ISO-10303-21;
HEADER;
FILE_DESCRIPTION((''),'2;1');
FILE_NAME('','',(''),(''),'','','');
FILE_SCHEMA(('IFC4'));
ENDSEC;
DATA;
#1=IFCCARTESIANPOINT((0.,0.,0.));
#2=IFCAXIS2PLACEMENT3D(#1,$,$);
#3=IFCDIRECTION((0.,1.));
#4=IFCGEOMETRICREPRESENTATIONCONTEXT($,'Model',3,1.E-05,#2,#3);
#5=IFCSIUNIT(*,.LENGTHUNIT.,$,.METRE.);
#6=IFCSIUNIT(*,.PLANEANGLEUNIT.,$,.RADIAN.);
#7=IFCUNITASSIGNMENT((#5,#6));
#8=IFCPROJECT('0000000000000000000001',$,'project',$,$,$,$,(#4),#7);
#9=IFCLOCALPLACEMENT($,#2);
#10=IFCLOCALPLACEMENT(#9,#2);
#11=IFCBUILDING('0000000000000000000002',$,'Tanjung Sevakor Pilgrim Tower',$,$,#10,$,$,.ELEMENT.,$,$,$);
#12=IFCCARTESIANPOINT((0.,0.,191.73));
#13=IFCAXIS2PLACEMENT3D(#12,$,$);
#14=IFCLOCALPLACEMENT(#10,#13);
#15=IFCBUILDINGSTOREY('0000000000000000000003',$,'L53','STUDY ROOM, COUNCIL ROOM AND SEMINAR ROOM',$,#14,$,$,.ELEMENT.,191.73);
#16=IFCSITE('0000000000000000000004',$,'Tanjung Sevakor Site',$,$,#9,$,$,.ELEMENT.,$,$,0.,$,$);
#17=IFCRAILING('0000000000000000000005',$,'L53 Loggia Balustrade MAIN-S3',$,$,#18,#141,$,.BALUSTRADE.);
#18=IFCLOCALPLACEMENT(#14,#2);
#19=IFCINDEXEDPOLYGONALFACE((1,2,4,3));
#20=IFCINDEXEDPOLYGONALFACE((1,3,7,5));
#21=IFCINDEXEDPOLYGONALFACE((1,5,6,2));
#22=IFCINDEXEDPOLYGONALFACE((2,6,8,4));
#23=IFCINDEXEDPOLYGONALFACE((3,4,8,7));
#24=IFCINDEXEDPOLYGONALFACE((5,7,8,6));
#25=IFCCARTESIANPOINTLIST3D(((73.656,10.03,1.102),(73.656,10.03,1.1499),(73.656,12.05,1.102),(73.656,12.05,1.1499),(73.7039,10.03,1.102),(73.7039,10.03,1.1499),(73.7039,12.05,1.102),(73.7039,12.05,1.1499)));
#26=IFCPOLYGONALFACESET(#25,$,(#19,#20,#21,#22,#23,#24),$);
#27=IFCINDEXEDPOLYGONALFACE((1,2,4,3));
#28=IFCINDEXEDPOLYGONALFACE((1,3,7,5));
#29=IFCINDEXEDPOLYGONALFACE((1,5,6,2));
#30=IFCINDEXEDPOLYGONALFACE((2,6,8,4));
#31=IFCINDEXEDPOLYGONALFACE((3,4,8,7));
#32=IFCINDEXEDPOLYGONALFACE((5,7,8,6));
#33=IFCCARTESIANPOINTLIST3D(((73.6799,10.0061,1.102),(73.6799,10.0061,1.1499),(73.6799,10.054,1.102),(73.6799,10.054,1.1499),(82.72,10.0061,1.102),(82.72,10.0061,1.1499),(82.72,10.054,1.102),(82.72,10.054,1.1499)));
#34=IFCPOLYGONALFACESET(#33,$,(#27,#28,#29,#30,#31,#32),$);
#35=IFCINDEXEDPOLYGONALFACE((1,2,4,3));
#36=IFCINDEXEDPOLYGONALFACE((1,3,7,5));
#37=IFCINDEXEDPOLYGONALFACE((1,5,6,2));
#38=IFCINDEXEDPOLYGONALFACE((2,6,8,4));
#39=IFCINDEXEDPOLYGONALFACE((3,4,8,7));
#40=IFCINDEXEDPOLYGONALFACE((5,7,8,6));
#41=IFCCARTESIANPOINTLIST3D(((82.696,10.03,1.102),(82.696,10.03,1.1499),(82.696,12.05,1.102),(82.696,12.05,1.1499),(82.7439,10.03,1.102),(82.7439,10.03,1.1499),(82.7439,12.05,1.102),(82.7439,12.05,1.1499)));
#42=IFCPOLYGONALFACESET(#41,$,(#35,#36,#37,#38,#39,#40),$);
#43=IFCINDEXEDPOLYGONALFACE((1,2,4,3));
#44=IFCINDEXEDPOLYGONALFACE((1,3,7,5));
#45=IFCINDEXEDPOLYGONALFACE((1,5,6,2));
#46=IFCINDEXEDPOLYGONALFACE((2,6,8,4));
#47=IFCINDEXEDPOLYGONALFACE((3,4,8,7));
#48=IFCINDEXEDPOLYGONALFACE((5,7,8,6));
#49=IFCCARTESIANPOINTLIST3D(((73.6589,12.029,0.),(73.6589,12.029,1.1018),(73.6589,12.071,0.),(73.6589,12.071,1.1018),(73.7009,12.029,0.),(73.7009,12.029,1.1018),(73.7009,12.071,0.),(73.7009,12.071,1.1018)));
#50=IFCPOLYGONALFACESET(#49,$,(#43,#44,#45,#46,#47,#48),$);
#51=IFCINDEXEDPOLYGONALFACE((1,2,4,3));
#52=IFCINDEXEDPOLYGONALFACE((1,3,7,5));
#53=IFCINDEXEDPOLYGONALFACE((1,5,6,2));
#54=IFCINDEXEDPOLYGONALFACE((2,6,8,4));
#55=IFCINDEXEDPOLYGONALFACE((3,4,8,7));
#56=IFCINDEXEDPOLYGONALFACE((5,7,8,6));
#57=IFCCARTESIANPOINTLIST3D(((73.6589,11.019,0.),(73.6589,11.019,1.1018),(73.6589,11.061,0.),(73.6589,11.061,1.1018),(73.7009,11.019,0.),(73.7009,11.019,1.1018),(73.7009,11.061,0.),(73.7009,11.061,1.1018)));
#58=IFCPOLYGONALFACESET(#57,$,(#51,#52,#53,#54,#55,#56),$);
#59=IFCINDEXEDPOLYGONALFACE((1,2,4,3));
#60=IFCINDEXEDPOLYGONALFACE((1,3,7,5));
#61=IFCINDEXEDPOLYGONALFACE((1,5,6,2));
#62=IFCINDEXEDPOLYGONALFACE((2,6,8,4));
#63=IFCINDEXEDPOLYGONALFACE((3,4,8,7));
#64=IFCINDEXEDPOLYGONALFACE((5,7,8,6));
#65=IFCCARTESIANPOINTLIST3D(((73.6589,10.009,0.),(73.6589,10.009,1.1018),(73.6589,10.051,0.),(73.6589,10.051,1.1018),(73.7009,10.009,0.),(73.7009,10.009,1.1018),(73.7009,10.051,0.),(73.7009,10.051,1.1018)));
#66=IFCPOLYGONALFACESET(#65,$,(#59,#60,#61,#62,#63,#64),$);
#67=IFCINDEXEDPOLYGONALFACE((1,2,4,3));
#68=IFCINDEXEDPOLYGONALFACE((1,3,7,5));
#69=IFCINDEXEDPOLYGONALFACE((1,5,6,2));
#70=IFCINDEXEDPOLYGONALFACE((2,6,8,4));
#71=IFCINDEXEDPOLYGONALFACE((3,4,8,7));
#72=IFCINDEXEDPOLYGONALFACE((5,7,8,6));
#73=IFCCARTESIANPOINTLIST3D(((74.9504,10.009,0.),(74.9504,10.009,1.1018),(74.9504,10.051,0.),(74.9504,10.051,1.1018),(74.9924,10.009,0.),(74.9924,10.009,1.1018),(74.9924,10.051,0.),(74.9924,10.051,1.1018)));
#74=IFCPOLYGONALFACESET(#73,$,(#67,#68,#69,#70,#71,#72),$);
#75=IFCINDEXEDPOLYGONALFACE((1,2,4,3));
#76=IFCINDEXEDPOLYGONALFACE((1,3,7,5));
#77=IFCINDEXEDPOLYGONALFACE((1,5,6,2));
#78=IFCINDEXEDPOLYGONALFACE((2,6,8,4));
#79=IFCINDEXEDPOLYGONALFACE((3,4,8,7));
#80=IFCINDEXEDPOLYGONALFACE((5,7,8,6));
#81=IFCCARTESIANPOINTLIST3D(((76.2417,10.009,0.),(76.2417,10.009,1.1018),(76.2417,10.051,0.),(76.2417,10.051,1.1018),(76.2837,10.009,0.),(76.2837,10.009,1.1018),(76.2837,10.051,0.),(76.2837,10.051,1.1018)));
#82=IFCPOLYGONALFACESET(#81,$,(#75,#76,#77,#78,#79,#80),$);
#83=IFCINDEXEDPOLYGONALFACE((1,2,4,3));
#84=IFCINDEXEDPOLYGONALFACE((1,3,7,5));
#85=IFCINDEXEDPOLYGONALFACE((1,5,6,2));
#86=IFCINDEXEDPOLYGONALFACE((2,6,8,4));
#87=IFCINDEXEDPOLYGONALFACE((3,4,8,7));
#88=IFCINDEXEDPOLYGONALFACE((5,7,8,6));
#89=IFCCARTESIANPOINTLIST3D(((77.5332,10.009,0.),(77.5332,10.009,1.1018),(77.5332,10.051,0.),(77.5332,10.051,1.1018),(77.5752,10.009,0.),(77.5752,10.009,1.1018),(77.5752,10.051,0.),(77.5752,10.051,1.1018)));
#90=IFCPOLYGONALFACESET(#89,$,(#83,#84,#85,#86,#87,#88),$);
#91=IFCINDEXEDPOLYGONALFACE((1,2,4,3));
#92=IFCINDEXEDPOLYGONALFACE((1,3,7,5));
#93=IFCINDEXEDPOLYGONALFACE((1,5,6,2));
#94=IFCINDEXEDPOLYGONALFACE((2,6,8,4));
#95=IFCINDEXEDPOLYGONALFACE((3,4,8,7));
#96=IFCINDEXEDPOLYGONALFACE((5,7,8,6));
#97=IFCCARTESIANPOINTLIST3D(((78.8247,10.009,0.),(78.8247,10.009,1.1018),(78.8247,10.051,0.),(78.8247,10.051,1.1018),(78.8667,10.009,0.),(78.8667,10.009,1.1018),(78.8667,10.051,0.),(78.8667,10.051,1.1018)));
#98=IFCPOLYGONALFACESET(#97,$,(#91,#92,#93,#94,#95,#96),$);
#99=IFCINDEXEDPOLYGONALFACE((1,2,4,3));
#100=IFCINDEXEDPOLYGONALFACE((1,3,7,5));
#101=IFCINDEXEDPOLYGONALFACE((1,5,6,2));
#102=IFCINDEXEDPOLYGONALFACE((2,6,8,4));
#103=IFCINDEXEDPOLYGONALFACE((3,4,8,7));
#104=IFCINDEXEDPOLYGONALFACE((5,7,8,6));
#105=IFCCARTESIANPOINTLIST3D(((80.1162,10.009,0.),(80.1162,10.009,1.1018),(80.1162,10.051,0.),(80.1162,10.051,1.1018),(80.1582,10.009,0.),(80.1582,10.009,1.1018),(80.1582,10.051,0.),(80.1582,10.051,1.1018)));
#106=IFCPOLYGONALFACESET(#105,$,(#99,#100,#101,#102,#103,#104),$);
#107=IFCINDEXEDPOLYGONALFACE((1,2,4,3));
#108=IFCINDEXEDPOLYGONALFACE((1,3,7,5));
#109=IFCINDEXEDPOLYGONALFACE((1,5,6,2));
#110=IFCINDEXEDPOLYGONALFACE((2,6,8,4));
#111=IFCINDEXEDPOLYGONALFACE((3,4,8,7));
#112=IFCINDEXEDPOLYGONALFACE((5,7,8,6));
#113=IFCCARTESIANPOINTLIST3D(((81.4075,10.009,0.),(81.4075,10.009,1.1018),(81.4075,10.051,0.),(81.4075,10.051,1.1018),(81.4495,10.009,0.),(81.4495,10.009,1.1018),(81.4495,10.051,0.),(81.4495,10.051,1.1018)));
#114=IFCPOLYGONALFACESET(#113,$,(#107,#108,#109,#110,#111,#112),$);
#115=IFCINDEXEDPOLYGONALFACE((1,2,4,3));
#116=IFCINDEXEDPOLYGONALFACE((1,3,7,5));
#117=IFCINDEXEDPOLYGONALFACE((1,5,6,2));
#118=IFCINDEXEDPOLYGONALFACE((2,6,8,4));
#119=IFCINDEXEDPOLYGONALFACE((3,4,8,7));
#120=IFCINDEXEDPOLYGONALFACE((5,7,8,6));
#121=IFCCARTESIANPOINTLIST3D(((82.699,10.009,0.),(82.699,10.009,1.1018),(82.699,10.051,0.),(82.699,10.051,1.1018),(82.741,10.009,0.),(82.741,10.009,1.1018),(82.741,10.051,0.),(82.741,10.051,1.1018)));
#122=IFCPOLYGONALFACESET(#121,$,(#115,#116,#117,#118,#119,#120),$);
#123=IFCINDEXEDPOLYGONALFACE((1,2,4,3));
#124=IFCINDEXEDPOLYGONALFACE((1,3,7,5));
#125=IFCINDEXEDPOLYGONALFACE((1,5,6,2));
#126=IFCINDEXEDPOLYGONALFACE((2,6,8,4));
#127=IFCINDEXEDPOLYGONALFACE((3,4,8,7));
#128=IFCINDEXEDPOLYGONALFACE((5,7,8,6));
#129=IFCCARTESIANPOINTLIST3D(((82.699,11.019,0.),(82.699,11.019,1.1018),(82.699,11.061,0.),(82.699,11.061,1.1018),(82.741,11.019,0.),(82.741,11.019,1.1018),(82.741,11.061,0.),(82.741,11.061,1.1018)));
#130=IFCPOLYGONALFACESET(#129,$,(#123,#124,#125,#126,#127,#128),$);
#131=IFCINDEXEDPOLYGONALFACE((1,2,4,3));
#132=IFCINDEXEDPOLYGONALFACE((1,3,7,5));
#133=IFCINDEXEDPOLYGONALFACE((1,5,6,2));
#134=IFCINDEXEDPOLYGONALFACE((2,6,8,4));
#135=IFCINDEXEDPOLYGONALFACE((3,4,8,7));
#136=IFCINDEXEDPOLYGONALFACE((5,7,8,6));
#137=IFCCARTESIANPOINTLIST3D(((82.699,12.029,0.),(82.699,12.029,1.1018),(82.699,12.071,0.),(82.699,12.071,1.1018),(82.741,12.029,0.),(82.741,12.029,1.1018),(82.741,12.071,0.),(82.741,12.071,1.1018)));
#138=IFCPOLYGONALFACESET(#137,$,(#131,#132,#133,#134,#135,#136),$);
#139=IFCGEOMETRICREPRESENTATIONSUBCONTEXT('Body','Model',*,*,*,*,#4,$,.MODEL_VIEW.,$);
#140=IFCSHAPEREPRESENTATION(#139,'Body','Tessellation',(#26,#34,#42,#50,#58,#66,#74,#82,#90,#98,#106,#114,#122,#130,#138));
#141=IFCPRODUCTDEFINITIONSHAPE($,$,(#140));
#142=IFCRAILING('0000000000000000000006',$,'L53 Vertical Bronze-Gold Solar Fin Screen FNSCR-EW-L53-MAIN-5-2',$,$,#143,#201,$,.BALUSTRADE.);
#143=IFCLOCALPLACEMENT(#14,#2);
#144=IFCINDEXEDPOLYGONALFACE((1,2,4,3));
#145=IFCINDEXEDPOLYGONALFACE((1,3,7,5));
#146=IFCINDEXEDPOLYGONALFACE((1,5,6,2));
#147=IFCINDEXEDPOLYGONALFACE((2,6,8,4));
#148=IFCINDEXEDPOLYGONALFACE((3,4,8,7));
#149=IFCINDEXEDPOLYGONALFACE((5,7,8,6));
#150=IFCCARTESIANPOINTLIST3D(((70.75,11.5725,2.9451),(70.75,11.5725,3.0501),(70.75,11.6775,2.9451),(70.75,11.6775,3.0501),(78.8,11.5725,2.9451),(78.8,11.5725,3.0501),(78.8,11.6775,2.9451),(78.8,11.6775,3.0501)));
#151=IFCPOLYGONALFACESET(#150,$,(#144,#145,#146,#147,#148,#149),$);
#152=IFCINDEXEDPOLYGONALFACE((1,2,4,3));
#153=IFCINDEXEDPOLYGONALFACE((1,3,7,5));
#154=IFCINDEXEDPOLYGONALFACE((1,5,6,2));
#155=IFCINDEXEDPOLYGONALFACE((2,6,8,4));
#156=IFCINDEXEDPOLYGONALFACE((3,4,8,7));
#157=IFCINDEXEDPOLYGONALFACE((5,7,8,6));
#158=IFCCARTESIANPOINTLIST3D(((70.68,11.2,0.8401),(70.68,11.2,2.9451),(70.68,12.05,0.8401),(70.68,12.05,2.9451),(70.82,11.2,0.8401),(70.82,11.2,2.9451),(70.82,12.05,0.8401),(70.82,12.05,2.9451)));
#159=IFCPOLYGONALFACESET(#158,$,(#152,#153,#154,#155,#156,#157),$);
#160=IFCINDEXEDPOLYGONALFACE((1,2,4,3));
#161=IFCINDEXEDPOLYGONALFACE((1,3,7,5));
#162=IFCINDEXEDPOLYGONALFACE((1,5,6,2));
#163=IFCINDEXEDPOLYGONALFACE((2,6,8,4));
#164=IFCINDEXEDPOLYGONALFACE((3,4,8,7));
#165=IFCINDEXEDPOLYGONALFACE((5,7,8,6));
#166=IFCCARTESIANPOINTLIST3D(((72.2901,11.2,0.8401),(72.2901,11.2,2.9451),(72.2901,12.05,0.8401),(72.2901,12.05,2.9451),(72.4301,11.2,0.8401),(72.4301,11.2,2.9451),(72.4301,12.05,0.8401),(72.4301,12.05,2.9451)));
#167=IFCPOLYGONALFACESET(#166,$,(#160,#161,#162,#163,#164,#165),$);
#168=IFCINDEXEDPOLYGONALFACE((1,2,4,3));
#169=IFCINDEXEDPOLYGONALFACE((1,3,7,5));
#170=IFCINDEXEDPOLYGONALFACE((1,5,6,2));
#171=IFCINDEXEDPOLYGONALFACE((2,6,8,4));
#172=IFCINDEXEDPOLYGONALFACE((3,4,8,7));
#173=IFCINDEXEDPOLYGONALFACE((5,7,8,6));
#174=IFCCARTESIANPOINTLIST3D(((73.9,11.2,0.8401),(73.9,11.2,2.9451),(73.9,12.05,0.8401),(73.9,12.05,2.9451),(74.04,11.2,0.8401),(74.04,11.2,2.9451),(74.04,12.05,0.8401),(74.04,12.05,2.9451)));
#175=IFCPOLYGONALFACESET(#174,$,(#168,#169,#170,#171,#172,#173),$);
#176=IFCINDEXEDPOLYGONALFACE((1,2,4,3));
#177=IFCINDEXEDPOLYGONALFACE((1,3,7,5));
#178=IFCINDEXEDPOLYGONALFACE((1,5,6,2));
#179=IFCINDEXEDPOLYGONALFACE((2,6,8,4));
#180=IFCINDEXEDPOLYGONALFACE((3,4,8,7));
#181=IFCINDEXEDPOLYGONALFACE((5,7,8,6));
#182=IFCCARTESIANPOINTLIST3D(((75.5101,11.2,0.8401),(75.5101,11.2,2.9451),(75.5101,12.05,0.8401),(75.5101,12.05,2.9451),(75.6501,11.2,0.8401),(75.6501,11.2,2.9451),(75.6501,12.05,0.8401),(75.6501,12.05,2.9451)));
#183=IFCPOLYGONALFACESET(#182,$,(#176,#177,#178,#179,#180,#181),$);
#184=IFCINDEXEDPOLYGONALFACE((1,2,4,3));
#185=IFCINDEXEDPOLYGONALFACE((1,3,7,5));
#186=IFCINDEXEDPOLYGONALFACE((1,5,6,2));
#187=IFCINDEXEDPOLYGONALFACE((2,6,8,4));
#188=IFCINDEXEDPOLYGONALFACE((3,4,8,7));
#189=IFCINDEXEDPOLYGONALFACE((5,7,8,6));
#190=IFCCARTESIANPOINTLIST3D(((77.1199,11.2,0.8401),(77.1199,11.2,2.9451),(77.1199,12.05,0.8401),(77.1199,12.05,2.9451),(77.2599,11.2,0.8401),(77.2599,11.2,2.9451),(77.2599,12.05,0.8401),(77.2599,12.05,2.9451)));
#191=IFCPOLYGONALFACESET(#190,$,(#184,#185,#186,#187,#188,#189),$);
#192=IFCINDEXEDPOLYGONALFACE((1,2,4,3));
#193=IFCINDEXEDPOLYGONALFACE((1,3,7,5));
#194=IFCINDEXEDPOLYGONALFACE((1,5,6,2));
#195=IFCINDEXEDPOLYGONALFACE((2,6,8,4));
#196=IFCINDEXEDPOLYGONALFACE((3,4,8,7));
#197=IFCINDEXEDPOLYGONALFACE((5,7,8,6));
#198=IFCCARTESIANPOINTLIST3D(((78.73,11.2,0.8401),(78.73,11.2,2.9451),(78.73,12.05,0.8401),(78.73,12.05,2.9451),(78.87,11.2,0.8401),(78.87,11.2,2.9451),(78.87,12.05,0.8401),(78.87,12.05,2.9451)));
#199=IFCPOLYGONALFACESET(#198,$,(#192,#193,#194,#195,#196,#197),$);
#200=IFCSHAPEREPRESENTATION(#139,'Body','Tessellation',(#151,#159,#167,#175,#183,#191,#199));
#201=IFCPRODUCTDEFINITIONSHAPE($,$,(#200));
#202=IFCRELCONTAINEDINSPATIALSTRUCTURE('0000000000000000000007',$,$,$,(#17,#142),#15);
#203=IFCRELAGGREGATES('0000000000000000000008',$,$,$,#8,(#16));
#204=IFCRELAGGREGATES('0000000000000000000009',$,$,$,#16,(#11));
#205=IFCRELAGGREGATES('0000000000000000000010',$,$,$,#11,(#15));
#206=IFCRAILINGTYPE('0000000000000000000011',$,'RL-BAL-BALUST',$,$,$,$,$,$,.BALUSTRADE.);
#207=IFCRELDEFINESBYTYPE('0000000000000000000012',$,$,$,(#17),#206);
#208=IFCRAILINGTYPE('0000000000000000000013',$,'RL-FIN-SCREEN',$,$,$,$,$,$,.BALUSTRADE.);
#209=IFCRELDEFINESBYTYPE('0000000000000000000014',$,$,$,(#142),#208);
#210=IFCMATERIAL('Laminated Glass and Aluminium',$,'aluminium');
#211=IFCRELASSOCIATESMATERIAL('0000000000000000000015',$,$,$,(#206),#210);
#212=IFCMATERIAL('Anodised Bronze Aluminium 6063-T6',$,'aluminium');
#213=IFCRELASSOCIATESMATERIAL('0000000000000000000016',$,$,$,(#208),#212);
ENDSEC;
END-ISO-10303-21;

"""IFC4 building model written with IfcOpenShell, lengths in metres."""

from ifc_helpers import new_model, si_unit, direction, frame, origin, place, context, subcontext, project, spatial, rectangle, extrude, material, type_object, element, save


model = new_model("IFC4")

# Units and contexts
model_context = context("Model", 3, precision=1e-05, world=origin(), true_north=direction((0.0, 1.0)))
body_context = subcontext(model_context, "Body", "Model", "MODEL_VIEW")
ifc_project = project(units=[si_unit("LENGTHUNIT", "METRE"), si_unit("PLANEANGLEUNIT", "RADIAN")], contexts=[model_context])

# Site, building, storey
site_placement = place(None, origin())
site = spatial("IfcSite", under=ifc_project, at=site_placement, Name="Tanjung Sevakor Site", CompositionType="ELEMENT", RefElevation=0.0)
building_placement = place(site_placement, origin())
building = spatial("IfcBuilding", under=site, at=building_placement, Name="Tanjung Sevakor Pilgrim Tower", CompositionType="ELEMENT")
storey_placement = place(building_placement, frame((0.0, 0.0, 191.73)))
storey = spatial("IfcBuildingStorey", under=building, at=storey_placement, Name="L53", Description="STUDY ROOM, COUNCIL ROOM AND SEMINAR ROOM", CompositionType="ELEMENT", Elevation=191.73)

# Railings
ifc_material_1 = material(Name="Laminated Glass and Aluminium", Category="aluminium")
railing_type_1 = type_object("IfcRailingType", Name="RL-BAL-BALUST", PredefinedType="BALUSTRADE", material=ifc_material_1)
railing_1_placement = place(storey_placement, frame((73.6799, 12.05, 0.0)))
element("IfcRailing", 1, at=railing_1_placement, inside=storey, type_object=railing_type_1, Name="L53 Loggia Balustrade MAIN-S3", PredefinedType="BALUSTRADE", context=body_context, shape_type="SweptSolid", body=[
    extrude(rectangle(XDim=0.0479, YDim=0.0479), frame((0.0, 0.0, 1.126), z_axis=(0.0, -1.0, 0.0), x_axis=(1.0, 0.0, 0.0)), (0.0, 0.0, 1.0), 2.02),
    extrude(rectangle(XDim=0.0479, YDim=0.0479), frame((0.0, -2.02, 1.126), z_axis=(1.0, 0.0, 0.0), x_axis=(0.0, 1.0, 0.0)), (0.0, 0.0, 1.0), 9.04),
    extrude(rectangle(XDim=0.0479, YDim=0.0479), frame((9.04, -2.02, 1.126), z_axis=(0.0, 1.0, 0.0), x_axis=(-1.0, 0.0, 0.0)), (0.0, 0.0, 1.0), 2.02),
    extrude(rectangle(XDim=0.042, YDim=0.042), origin(), (0.0, 0.0, 1.0), 1.1018),
    extrude(rectangle(XDim=0.042, YDim=0.042), frame((0.0, -1.01, 0.0)), (0.0, 0.0, 1.0), 1.1018),
    extrude(rectangle(XDim=0.042, YDim=0.042), frame((0.0, -2.02, 0.0)), (0.0, 0.0, 1.0), 1.1018),
    extrude(rectangle(XDim=0.042, YDim=0.042), frame((1.2915, -2.02, 0.0)), (0.0, 0.0, 1.0), 1.1018),
    extrude(rectangle(XDim=0.042, YDim=0.042), frame((2.5828, -2.02, 0.0)), (0.0, 0.0, 1.0), 1.1018),
    extrude(rectangle(XDim=0.042, YDim=0.042), frame((3.8743, -2.02, 0.0)), (0.0, 0.0, 1.0), 1.1018),
    extrude(rectangle(XDim=0.042, YDim=0.042), frame((5.1658, -2.02, 0.0)), (0.0, 0.0, 1.0), 1.1018),
    extrude(rectangle(XDim=0.042, YDim=0.042), frame((6.4573, -2.02, 0.0)), (0.0, 0.0, 1.0), 1.1018),
    extrude(rectangle(XDim=0.042, YDim=0.042), frame((7.7485, -2.02, 0.0)), (0.0, 0.0, 1.0), 1.1018),
    extrude(rectangle(XDim=0.042, YDim=0.042), frame((9.04, -2.02, 0.0)), (0.0, 0.0, 1.0), 1.1018),
    extrude(rectangle(XDim=0.042, YDim=0.042), frame((9.04, -1.01, 0.0)), (0.0, 0.0, 1.0), 1.1018),
    extrude(rectangle(XDim=0.042, YDim=0.042), frame((9.04, 0.0, 0.0)), (0.0, 0.0, 1.0), 1.1018),
])
ifc_material_2 = material(Name="Anodised Bronze Aluminium 6063-T6", Category="aluminium")
railing_type_2 = type_object("IfcRailingType", Name="RL-FIN-SCREEN", PredefinedType="BALUSTRADE", material=ifc_material_2)
railing_2_placement = place(storey_placement, frame((70.75, 11.625, 0.8401)))
element("IfcRailing", 2, at=railing_2_placement, inside=storey, type_object=railing_type_2, Name="L53 Vertical Bronze-Gold Solar Fin Screen FNSCR-EW-L53-MAIN-5-2", PredefinedType="BALUSTRADE", context=body_context, shape_type="SweptSolid", body=[
    extrude(rectangle(XDim=0.105, YDim=0.105), frame((0.0, 0.0, 2.1575), z_axis=(1.0, 0.0, 0.0), x_axis=(0.0, 1.0, 0.0)), (0.0, 0.0, 1.0), 8.05),
    extrude(rectangle(XDim=0.14, YDim=0.85), origin(), (0.0, 0.0, 1.0), 2.105),
    extrude(rectangle(XDim=0.14, YDim=0.85), frame((1.6101, 0.0, 0.0)), (0.0, 0.0, 1.0), 2.105),
    extrude(rectangle(XDim=0.14, YDim=0.85), frame((3.22, 0.0, 0.0)), (0.0, 0.0, 1.0), 2.105),
    extrude(rectangle(XDim=0.14, YDim=0.85), frame((4.8301, 0.0, 0.0)), (0.0, 0.0, 1.0), 2.105),
    extrude(rectangle(XDim=0.14, YDim=0.85), frame((6.4399, 0.0, 0.0)), (0.0, 0.0, 1.0), 2.105),
    extrude(rectangle(XDim=0.14, YDim=0.85), frame((8.05, 0.0, 0.0)), (0.0, 0.0, 1.0), 2.105),
])

save(model, "model.ifc")
